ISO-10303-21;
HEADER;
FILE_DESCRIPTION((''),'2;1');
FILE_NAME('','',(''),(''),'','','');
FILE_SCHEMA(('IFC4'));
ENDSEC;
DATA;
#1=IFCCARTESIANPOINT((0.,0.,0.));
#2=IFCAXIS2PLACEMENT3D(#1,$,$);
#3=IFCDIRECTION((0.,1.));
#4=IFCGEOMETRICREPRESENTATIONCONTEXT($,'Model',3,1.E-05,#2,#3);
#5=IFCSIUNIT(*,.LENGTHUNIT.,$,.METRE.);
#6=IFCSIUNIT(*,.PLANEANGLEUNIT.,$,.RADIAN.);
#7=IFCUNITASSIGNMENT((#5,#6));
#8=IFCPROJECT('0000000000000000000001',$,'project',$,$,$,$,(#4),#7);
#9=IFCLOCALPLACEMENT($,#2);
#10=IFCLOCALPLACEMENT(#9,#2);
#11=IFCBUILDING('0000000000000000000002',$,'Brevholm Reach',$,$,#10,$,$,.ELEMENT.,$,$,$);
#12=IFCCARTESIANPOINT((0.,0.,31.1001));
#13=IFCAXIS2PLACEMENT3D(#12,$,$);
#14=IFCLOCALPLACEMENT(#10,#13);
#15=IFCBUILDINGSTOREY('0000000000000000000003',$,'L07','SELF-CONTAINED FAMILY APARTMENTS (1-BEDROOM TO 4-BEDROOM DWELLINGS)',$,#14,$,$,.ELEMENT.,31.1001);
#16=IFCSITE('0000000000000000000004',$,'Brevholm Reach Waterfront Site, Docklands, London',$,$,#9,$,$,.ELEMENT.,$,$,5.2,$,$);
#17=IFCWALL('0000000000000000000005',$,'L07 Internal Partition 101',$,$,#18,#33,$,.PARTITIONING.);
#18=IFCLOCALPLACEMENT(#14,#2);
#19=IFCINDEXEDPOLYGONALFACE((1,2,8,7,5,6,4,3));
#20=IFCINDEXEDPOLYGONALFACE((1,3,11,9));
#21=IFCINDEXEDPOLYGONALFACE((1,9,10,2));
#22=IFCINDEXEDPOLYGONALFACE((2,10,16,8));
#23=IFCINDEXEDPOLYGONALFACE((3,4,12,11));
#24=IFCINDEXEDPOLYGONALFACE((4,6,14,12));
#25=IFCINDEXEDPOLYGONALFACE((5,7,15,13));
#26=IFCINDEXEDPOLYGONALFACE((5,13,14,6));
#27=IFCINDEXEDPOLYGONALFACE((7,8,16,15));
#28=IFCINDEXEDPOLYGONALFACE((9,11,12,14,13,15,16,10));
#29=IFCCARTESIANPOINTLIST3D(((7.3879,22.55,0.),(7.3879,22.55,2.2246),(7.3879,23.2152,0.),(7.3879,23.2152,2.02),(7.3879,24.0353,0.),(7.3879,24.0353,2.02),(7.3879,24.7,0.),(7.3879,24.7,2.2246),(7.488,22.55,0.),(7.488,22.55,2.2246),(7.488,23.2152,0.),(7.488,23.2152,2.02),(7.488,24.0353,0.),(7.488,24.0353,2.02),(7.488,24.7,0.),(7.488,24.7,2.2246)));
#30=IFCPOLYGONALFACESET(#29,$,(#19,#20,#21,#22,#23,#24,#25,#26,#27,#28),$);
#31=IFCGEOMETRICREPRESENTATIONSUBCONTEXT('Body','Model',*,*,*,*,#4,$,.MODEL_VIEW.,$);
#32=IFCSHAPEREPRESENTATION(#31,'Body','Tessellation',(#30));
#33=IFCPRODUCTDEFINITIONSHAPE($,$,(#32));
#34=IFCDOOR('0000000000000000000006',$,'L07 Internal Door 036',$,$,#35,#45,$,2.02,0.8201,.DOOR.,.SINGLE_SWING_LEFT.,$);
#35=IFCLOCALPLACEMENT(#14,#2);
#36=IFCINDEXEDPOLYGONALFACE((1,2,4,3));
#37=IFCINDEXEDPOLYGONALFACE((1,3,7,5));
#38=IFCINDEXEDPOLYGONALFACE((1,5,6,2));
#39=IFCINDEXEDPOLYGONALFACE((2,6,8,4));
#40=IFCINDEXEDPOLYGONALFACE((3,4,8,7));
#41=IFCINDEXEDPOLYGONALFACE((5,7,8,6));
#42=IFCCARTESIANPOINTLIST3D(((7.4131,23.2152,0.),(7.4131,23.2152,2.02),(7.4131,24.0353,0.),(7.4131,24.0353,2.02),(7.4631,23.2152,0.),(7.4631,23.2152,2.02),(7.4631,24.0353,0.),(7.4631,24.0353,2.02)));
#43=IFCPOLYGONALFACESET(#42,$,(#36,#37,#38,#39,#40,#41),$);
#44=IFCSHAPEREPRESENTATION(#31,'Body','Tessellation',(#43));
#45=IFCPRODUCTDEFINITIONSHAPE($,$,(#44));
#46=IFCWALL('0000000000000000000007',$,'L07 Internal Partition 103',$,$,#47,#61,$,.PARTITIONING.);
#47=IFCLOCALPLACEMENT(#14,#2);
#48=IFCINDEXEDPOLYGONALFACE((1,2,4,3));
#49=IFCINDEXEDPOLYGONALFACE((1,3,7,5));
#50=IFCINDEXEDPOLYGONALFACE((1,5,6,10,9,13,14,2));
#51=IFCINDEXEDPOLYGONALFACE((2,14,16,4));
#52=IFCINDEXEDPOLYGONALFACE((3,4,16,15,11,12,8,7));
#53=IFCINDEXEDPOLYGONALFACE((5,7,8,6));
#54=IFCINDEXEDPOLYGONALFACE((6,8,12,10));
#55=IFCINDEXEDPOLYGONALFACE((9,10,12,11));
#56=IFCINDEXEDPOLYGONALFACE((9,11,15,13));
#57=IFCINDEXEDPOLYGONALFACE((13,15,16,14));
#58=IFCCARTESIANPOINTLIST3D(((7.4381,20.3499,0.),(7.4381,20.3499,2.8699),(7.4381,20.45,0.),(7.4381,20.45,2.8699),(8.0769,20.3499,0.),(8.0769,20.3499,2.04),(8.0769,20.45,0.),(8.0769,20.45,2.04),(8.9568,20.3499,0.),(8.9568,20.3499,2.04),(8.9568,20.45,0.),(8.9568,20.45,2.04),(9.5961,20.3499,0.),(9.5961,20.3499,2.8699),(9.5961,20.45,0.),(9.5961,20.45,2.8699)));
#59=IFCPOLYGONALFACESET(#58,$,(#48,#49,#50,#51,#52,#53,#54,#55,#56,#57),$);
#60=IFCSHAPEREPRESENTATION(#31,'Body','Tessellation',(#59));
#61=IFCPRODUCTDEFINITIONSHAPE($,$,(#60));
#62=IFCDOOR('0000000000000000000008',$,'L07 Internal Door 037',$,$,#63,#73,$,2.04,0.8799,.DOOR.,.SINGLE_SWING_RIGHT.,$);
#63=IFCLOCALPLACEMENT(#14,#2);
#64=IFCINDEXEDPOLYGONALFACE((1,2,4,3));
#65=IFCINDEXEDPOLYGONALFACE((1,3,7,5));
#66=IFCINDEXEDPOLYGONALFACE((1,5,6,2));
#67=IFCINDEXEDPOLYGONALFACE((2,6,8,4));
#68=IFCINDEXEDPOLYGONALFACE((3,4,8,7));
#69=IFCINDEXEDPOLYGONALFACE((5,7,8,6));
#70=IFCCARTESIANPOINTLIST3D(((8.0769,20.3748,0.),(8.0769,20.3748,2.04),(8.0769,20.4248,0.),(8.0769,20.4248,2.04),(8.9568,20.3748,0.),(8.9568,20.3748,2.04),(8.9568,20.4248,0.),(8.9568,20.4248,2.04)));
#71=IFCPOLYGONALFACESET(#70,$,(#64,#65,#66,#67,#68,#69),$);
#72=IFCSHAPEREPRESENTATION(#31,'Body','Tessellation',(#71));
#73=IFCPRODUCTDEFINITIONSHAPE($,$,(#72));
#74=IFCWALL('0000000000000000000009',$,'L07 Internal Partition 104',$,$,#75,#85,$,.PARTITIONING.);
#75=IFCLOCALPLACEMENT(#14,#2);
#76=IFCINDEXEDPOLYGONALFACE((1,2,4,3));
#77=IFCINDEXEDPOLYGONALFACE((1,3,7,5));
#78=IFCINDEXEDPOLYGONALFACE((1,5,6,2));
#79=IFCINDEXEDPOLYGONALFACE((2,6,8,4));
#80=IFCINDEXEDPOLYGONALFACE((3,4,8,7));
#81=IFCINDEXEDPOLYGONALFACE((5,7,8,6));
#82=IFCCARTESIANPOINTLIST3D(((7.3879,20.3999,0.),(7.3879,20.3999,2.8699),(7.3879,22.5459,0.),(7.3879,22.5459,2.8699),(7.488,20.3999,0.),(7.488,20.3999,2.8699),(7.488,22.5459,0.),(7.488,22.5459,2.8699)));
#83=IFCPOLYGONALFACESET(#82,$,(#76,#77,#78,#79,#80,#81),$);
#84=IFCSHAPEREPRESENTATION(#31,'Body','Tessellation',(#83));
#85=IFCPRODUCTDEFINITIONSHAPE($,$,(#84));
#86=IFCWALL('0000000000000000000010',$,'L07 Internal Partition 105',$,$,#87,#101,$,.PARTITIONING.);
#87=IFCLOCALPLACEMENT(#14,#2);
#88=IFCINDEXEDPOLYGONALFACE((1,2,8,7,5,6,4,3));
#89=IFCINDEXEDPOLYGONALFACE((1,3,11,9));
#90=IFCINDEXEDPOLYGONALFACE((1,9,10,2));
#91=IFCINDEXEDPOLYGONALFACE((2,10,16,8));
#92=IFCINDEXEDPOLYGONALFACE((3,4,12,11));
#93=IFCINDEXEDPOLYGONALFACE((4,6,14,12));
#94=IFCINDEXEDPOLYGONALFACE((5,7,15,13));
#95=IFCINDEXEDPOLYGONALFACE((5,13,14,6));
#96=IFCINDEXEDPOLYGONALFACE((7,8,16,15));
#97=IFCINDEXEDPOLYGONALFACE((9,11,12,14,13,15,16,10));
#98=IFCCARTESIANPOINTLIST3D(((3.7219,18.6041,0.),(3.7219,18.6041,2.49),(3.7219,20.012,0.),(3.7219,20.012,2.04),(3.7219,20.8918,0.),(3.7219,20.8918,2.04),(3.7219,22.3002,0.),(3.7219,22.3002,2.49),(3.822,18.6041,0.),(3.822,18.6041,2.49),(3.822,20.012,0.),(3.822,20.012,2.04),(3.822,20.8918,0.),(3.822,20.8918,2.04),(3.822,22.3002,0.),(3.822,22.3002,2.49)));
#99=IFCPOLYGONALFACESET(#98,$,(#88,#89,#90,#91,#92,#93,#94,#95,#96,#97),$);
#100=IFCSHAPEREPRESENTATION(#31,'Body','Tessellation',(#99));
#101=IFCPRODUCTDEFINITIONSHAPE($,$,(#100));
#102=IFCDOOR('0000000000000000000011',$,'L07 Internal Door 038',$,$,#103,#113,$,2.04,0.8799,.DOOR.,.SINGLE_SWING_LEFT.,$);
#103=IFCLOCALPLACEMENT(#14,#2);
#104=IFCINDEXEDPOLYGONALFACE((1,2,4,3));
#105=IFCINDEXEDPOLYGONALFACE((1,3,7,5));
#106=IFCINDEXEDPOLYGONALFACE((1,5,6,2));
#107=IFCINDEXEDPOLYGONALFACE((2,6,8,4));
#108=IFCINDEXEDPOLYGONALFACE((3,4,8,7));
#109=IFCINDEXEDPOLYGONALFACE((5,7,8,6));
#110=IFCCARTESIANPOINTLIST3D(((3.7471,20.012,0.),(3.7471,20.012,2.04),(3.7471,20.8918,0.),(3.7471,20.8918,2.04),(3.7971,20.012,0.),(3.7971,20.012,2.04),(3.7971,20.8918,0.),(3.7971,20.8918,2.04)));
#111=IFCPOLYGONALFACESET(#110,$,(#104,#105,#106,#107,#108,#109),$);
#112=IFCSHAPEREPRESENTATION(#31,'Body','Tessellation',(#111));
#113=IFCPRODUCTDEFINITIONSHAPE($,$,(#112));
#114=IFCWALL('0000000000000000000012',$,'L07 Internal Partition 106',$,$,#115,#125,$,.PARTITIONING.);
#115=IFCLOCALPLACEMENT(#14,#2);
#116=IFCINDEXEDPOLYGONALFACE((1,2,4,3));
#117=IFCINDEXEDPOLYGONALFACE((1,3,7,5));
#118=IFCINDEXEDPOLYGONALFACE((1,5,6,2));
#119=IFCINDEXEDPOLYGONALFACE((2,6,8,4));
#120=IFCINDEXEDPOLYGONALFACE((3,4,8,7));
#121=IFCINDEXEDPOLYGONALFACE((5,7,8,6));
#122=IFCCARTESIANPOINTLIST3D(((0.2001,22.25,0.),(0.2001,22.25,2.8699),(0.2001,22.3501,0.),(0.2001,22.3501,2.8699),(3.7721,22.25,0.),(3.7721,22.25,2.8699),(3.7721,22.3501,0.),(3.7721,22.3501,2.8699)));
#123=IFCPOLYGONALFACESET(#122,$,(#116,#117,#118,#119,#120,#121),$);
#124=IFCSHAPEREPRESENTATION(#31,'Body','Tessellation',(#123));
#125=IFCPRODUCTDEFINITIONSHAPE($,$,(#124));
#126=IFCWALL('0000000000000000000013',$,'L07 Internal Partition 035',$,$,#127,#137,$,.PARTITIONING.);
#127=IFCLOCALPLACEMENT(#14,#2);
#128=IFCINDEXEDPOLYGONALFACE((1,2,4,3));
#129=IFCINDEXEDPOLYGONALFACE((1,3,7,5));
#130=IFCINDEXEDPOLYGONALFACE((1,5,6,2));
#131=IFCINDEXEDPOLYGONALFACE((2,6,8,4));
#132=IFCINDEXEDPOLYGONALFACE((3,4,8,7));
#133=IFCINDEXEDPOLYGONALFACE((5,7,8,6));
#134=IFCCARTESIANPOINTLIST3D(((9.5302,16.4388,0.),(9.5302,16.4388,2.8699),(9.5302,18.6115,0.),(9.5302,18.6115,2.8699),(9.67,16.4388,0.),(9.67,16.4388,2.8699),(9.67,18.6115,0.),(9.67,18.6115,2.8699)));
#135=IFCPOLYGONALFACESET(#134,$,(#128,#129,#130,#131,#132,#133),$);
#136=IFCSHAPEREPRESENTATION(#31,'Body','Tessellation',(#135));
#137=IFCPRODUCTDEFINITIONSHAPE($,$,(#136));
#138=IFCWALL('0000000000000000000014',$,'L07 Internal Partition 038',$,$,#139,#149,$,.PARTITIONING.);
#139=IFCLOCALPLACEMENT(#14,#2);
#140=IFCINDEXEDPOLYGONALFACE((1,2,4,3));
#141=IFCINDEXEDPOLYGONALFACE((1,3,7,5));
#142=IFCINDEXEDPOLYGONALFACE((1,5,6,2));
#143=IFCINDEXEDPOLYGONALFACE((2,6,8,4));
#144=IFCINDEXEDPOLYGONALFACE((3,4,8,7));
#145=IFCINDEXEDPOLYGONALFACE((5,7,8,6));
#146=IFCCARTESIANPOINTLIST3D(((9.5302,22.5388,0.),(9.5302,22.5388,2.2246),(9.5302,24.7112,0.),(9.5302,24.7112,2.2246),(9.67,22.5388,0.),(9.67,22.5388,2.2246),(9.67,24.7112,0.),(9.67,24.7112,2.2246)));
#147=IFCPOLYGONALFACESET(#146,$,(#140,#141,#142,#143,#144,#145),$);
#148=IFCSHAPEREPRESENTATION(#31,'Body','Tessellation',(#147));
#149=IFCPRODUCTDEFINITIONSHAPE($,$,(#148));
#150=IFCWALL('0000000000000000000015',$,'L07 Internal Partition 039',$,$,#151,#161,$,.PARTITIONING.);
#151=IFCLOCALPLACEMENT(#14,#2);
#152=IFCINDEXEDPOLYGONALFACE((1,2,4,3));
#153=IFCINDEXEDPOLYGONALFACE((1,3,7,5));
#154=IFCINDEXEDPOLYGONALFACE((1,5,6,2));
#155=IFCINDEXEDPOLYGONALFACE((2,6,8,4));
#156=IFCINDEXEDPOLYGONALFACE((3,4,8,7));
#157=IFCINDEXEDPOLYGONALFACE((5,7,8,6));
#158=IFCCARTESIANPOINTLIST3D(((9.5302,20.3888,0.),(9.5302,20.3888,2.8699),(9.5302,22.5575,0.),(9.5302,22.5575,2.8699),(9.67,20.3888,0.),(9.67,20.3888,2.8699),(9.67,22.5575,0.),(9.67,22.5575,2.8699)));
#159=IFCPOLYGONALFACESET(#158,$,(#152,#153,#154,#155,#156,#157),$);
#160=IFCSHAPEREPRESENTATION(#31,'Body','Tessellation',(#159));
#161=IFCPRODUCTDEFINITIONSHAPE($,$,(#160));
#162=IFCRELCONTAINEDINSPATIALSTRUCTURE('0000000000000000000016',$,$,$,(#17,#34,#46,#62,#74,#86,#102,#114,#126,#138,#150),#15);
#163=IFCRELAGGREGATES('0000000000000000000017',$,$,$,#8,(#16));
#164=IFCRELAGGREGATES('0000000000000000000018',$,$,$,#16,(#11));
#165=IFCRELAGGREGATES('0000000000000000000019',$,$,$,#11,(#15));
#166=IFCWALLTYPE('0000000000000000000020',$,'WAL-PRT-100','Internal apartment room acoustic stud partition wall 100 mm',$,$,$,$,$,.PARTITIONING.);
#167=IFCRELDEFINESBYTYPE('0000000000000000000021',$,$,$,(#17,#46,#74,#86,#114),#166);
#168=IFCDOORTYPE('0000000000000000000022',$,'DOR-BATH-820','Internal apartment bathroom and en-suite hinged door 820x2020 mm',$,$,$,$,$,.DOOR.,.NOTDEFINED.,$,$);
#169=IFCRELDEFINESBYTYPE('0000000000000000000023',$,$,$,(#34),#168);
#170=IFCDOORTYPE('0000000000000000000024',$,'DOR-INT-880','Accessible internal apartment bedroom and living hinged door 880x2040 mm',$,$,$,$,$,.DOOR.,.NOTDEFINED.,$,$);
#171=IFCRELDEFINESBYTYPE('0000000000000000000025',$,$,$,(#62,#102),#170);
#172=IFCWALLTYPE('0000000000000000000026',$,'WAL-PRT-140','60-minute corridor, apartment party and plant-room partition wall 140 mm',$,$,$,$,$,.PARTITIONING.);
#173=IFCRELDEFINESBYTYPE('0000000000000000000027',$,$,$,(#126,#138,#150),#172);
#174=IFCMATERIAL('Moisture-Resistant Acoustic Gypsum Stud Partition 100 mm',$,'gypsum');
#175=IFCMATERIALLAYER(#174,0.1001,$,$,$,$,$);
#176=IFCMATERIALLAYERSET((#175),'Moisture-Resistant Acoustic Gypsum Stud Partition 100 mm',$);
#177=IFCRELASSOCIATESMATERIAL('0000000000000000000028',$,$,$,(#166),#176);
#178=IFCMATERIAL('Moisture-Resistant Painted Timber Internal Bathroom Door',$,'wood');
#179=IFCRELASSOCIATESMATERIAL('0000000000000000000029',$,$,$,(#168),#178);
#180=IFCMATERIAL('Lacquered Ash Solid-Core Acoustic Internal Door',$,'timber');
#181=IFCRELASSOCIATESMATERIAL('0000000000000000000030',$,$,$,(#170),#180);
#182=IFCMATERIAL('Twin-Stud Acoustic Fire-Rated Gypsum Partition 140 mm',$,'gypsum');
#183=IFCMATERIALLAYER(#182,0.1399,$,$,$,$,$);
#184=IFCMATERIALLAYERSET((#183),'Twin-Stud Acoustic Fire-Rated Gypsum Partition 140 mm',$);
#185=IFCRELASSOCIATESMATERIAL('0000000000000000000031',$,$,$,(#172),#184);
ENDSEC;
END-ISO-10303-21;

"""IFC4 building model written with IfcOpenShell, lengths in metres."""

from ifc_helpers import new_model, si_unit, direction, frame, frame_2d, origin, place, context, subcontext, project, spatial, rectangle, extrude, material, layer, layer_set, type_object, element, fill, save


model = new_model("IFC4")

# Units and contexts
model_context = context("Model", 3, precision=1e-05, world=origin(), true_north=direction((0.0, 1.0)))
body_context = subcontext(model_context, "Body", "Model", "MODEL_VIEW")
ifc_project = project(units=[si_unit("LENGTHUNIT", "METRE"), si_unit("PLANEANGLEUNIT", "RADIAN")], contexts=[model_context])

# Site, building, storey
site_placement = place(None, origin())
site = spatial("IfcSite", under=ifc_project, at=site_placement, Name="Brevholm Reach Waterfront Site, Docklands, London", CompositionType="ELEMENT", RefElevation=5.2)
building_placement = place(site_placement, origin())
building = spatial("IfcBuilding", under=site, at=building_placement, Name="Brevholm Reach", CompositionType="ELEMENT")
storey_placement = place(building_placement, frame((0.0, 0.0, 31.1001)))
storey = spatial("IfcBuildingStorey", under=building, at=storey_placement, Name="L07", Description="SELF-CONTAINED FAMILY APARTMENTS (1-BEDROOM TO 4-BEDROOM DWELLINGS)", CompositionType="ELEMENT", Elevation=31.1001)

# Shared definitions
ifc_material_1 = material(Name="Moisture-Resistant Acoustic Gypsum Stud Partition 100 mm", Category="gypsum")
ifc_layer_1 = layer(ifc_material_1, 0.1001)
ifc_layer_set_1 = layer_set([ifc_layer_1], Name="Moisture-Resistant Acoustic Gypsum Stud Partition 100 mm")
wall_type_1 = type_object("IfcWallType", Name="WAL-PRT-100", Description="Internal apartment room acoustic stud partition wall 100 mm", PredefinedType="PARTITIONING", material=ifc_layer_set_1)

# Shared definitions
ifc_material_2 = material(Name="Moisture-Resistant Painted Timber Internal Bathroom Door", Category="wood")
door_type_1 = type_object("IfcDoorType", Name="DOR-BATH-820", Description="Internal apartment bathroom and en-suite hinged door 820x2020 mm", OperationType="NOTDEFINED", PredefinedType="DOOR", material=ifc_material_2)

# Walls, openings, doors
wall_1_placement = place(storey_placement, frame((7.438, 22.55, 0.0), z_axis=(0.0, 0.0, 1.0), x_axis=(0.0, 1.0, 0.0)))
wall_1 = element("IfcWall", 1, at=wall_1_placement, inside=storey, type_object=wall_type_1, Name="L07 Internal Partition 101", PredefinedType="PARTITIONING", context=body_context, shape_type="SweptSolid", body=[
    extrude(rectangle(XDim=2.1499, YDim=0.1001, at=frame_2d((1.075, 0.0))), origin(), (0.0, 0.0, 1.0), 2.2246),
])
opening_1_placement = place(wall_1_placement, frame((0.665, 0.0, 0.0)))
opening_1 = element("IfcOpeningElement", 2, at=opening_1_placement, cuts=wall_1, PredefinedType="OPENING", context=body_context, shape_type="SweptSolid", body=[
    extrude(rectangle(XDim=0.8201, YDim=2.02, at=frame_2d((0.4102, 1.01))), frame((0.0, 0.0601, 0.0), z_axis=(0.0, -1.0, 0.0), x_axis=(1.0, 0.0, 0.0)), (0.0, 0.0, 1.0), 0.1201),
])
door_1_placement = place(opening_1_placement, origin())
door_1 = element("IfcDoor", 3, at=door_1_placement, inside=storey, type_object=door_type_1, Name="L07 Internal Door 036", OperationType="SINGLE_SWING_LEFT", OverallHeight=2.02, OverallWidth=0.8201, PredefinedType="DOOR", context=body_context, shape_type="SweptSolid", body=[
    extrude(rectangle(XDim=0.8201, YDim=2.02, at=frame_2d((0.4102, 1.01))), frame((0.0, 0.0249, 0.0), z_axis=(0.0, -1.0, 0.0), x_axis=(1.0, 0.0, 0.0)), (0.0, 0.0, 1.0), 0.05),
])
fill(opening_1, door_1)
wall_2_placement = place(storey_placement, frame((7.438, 20.3999, 0.0), z_axis=(0.0, 0.0, 1.0), x_axis=(1.0, 0.0, 0.0)))
wall_2 = element("IfcWall", 4, at=wall_2_placement, inside=storey, type_object=wall_type_1, Name="L07 Internal Partition 103", PredefinedType="PARTITIONING", context=body_context, shape_type="SweptSolid", body=[
    extrude(rectangle(XDim=2.158, YDim=0.1001, at=frame_2d((1.0791, 0.0))), origin(), (0.0, 0.0, 1.0), 2.8699),
])
opening_2_placement = place(wall_2_placement, frame((0.6389, 0.0, 0.0)))
opening_2 = element("IfcOpeningElement", 5, at=opening_2_placement, cuts=wall_2, PredefinedType="OPENING", context=body_context, shape_type="SweptSolid", body=[
    extrude(rectangle(XDim=0.8799, YDim=2.04, at=frame_2d((0.4399, 1.02))), frame((0.0, 0.0601, 0.0), z_axis=(0.0, -1.0, 0.0), x_axis=(1.0, 0.0, 0.0)), (0.0, 0.0, 1.0), 0.1201),
])
ifc_material_3 = material(Name="Lacquered Ash Solid-Core Acoustic Internal Door", Category="timber")
door_type_2 = type_object("IfcDoorType", Name="DOR-INT-880", Description="Accessible internal apartment bedroom and living hinged door 880x2040 mm", OperationType="NOTDEFINED", PredefinedType="DOOR", material=ifc_material_3)
door_2_placement = place(opening_2_placement, origin())
door_2 = element("IfcDoor", 6, at=door_2_placement, inside=storey, type_object=door_type_2, Name="L07 Internal Door 037", OperationType="SINGLE_SWING_RIGHT", OverallHeight=2.04, OverallWidth=0.8799, PredefinedType="DOOR", context=body_context, shape_type="SweptSolid", body=[
    extrude(rectangle(XDim=0.8799, YDim=2.04, at=frame_2d((0.4399, 1.02))), frame((0.0, 0.0249, 0.0), z_axis=(0.0, -1.0, 0.0), x_axis=(1.0, 0.0, 0.0)), (0.0, 0.0, 1.0), 0.05),
])
fill(opening_2, door_2)

# Wall
wall_3_placement = place(storey_placement, frame((7.438, 20.3999, 0.0), z_axis=(0.0, 0.0, 1.0), x_axis=(0.0, 1.0, 0.0)))
element("IfcWall", 7, at=wall_3_placement, inside=storey, type_object=wall_type_1, Name="L07 Internal Partition 104", PredefinedType="PARTITIONING", context=body_context, shape_type="SweptSolid", body=[
    extrude(rectangle(XDim=2.146, YDim=0.1001, at=frame_2d((1.073, 0.0))), origin(), (0.0, 0.0, 1.0), 2.8699),
])

# Wall, opening, door
wall_4_placement = place(storey_placement, frame((3.772, 18.604, 0.0), z_axis=(0.0, 0.0, 1.0), x_axis=(0.0, 1.0, 0.0)))
wall_4 = element("IfcWall", 8, at=wall_4_placement, inside=storey, type_object=wall_type_1, Name="L07 Internal Partition 105", PredefinedType="PARTITIONING", context=body_context, shape_type="SweptSolid", body=[
    extrude(rectangle(XDim=3.696, YDim=0.1001, at=frame_2d((1.8481, 0.0))), origin(), (0.0, 0.0, 1.0), 2.49),
])
opening_3_placement = place(wall_4_placement, frame((1.408, 0.0, 0.0)))
opening_3 = element("IfcOpeningElement", 9, at=opening_3_placement, cuts=wall_4, PredefinedType="OPENING", context=body_context, shape_type="SweptSolid", body=[
    extrude(rectangle(XDim=0.8799, YDim=2.04, at=frame_2d((0.4399, 1.02))), frame((0.0, 0.0601, 0.0), z_axis=(0.0, -1.0, 0.0), x_axis=(1.0, 0.0, 0.0)), (0.0, 0.0, 1.0), 0.1201),
])
door_3_placement = place(opening_3_placement, origin())
door_3 = element("IfcDoor", 10, at=door_3_placement, inside=storey, type_object=door_type_2, Name="L07 Internal Door 038", OperationType="SINGLE_SWING_LEFT", OverallHeight=2.04, OverallWidth=0.8799, PredefinedType="DOOR", context=body_context, shape_type="SweptSolid", body=[
    extrude(rectangle(XDim=0.8799, YDim=2.04, at=frame_2d((0.4399, 1.02))), frame((0.0, 0.0249, 0.0), z_axis=(0.0, -1.0, 0.0), x_axis=(1.0, 0.0, 0.0)), (0.0, 0.0, 1.0), 0.05),
])
fill(opening_3, door_3)

# Walls
wall_5_placement = place(storey_placement, frame((0.2, 22.3, 0.0), z_axis=(0.0, 0.0, 1.0), x_axis=(1.0, 0.0, 0.0)))
element("IfcWall", 11, at=wall_5_placement, inside=storey, type_object=wall_type_1, Name="L07 Internal Partition 106", PredefinedType="PARTITIONING", context=body_context, shape_type="SweptSolid", body=[
    extrude(rectangle(XDim=3.572, YDim=0.1001, at=frame_2d((1.7861, 0.0))), origin(), (0.0, 0.0, 1.0), 2.8699),
])
ifc_material_4 = material(Name="Twin-Stud Acoustic Fire-Rated Gypsum Partition 140 mm", Category="gypsum")
ifc_layer_2 = layer(ifc_material_4, 0.1399)
ifc_layer_set_2 = layer_set([ifc_layer_2], Name="Twin-Stud Acoustic Fire-Rated Gypsum Partition 140 mm")
wall_type_2 = type_object("IfcWallType", Name="WAL-PRT-140", Description="60-minute corridor, apartment party and plant-room partition wall 140 mm", PredefinedType="PARTITIONING", material=ifc_layer_set_2)
wall_6_placement = place(storey_placement, frame((9.6001, 16.4387, 0.0), z_axis=(0.0, 0.0, 1.0), x_axis=(0.0, 1.0, 0.0)))
element("IfcWall", 12, at=wall_6_placement, inside=storey, type_object=wall_type_2, Name="L07 Internal Partition 035", PredefinedType="PARTITIONING", context=body_context, shape_type="SweptSolid", body=[
    extrude(rectangle(XDim=2.1726, YDim=0.1399, at=frame_2d((1.0864, 0.0))), origin(), (0.0, 0.0, 1.0), 2.8699),
])
wall_7_placement = place(storey_placement, frame((9.6001, 22.5388, 0.0), z_axis=(0.0, 0.0, 1.0), x_axis=(0.0, 1.0, 0.0)))
element("IfcWall", 13, at=wall_7_placement, inside=storey, type_object=wall_type_2, Name="L07 Internal Partition 038", PredefinedType="PARTITIONING", context=body_context, shape_type="SweptSolid", body=[
    extrude(rectangle(XDim=2.1724, YDim=0.1399, at=frame_2d((1.0862, 0.0))), origin(), (0.0, 0.0, 1.0), 2.2246),
])
wall_8_placement = place(storey_placement, frame((9.6001, 20.3887, 0.0), z_axis=(0.0, 0.0, 1.0), x_axis=(0.0, 1.0, 0.0)))
element("IfcWall", 14, at=wall_8_placement, inside=storey, type_object=wall_type_2, Name="L07 Internal Partition 039", PredefinedType="PARTITIONING", context=body_context, shape_type="SweptSolid", body=[
    extrude(rectangle(XDim=2.1687, YDim=0.1399, at=frame_2d((1.0845, 0.0))), origin(), (0.0, 0.0, 1.0), 2.8699),
])

save(model, "model.ifc")
